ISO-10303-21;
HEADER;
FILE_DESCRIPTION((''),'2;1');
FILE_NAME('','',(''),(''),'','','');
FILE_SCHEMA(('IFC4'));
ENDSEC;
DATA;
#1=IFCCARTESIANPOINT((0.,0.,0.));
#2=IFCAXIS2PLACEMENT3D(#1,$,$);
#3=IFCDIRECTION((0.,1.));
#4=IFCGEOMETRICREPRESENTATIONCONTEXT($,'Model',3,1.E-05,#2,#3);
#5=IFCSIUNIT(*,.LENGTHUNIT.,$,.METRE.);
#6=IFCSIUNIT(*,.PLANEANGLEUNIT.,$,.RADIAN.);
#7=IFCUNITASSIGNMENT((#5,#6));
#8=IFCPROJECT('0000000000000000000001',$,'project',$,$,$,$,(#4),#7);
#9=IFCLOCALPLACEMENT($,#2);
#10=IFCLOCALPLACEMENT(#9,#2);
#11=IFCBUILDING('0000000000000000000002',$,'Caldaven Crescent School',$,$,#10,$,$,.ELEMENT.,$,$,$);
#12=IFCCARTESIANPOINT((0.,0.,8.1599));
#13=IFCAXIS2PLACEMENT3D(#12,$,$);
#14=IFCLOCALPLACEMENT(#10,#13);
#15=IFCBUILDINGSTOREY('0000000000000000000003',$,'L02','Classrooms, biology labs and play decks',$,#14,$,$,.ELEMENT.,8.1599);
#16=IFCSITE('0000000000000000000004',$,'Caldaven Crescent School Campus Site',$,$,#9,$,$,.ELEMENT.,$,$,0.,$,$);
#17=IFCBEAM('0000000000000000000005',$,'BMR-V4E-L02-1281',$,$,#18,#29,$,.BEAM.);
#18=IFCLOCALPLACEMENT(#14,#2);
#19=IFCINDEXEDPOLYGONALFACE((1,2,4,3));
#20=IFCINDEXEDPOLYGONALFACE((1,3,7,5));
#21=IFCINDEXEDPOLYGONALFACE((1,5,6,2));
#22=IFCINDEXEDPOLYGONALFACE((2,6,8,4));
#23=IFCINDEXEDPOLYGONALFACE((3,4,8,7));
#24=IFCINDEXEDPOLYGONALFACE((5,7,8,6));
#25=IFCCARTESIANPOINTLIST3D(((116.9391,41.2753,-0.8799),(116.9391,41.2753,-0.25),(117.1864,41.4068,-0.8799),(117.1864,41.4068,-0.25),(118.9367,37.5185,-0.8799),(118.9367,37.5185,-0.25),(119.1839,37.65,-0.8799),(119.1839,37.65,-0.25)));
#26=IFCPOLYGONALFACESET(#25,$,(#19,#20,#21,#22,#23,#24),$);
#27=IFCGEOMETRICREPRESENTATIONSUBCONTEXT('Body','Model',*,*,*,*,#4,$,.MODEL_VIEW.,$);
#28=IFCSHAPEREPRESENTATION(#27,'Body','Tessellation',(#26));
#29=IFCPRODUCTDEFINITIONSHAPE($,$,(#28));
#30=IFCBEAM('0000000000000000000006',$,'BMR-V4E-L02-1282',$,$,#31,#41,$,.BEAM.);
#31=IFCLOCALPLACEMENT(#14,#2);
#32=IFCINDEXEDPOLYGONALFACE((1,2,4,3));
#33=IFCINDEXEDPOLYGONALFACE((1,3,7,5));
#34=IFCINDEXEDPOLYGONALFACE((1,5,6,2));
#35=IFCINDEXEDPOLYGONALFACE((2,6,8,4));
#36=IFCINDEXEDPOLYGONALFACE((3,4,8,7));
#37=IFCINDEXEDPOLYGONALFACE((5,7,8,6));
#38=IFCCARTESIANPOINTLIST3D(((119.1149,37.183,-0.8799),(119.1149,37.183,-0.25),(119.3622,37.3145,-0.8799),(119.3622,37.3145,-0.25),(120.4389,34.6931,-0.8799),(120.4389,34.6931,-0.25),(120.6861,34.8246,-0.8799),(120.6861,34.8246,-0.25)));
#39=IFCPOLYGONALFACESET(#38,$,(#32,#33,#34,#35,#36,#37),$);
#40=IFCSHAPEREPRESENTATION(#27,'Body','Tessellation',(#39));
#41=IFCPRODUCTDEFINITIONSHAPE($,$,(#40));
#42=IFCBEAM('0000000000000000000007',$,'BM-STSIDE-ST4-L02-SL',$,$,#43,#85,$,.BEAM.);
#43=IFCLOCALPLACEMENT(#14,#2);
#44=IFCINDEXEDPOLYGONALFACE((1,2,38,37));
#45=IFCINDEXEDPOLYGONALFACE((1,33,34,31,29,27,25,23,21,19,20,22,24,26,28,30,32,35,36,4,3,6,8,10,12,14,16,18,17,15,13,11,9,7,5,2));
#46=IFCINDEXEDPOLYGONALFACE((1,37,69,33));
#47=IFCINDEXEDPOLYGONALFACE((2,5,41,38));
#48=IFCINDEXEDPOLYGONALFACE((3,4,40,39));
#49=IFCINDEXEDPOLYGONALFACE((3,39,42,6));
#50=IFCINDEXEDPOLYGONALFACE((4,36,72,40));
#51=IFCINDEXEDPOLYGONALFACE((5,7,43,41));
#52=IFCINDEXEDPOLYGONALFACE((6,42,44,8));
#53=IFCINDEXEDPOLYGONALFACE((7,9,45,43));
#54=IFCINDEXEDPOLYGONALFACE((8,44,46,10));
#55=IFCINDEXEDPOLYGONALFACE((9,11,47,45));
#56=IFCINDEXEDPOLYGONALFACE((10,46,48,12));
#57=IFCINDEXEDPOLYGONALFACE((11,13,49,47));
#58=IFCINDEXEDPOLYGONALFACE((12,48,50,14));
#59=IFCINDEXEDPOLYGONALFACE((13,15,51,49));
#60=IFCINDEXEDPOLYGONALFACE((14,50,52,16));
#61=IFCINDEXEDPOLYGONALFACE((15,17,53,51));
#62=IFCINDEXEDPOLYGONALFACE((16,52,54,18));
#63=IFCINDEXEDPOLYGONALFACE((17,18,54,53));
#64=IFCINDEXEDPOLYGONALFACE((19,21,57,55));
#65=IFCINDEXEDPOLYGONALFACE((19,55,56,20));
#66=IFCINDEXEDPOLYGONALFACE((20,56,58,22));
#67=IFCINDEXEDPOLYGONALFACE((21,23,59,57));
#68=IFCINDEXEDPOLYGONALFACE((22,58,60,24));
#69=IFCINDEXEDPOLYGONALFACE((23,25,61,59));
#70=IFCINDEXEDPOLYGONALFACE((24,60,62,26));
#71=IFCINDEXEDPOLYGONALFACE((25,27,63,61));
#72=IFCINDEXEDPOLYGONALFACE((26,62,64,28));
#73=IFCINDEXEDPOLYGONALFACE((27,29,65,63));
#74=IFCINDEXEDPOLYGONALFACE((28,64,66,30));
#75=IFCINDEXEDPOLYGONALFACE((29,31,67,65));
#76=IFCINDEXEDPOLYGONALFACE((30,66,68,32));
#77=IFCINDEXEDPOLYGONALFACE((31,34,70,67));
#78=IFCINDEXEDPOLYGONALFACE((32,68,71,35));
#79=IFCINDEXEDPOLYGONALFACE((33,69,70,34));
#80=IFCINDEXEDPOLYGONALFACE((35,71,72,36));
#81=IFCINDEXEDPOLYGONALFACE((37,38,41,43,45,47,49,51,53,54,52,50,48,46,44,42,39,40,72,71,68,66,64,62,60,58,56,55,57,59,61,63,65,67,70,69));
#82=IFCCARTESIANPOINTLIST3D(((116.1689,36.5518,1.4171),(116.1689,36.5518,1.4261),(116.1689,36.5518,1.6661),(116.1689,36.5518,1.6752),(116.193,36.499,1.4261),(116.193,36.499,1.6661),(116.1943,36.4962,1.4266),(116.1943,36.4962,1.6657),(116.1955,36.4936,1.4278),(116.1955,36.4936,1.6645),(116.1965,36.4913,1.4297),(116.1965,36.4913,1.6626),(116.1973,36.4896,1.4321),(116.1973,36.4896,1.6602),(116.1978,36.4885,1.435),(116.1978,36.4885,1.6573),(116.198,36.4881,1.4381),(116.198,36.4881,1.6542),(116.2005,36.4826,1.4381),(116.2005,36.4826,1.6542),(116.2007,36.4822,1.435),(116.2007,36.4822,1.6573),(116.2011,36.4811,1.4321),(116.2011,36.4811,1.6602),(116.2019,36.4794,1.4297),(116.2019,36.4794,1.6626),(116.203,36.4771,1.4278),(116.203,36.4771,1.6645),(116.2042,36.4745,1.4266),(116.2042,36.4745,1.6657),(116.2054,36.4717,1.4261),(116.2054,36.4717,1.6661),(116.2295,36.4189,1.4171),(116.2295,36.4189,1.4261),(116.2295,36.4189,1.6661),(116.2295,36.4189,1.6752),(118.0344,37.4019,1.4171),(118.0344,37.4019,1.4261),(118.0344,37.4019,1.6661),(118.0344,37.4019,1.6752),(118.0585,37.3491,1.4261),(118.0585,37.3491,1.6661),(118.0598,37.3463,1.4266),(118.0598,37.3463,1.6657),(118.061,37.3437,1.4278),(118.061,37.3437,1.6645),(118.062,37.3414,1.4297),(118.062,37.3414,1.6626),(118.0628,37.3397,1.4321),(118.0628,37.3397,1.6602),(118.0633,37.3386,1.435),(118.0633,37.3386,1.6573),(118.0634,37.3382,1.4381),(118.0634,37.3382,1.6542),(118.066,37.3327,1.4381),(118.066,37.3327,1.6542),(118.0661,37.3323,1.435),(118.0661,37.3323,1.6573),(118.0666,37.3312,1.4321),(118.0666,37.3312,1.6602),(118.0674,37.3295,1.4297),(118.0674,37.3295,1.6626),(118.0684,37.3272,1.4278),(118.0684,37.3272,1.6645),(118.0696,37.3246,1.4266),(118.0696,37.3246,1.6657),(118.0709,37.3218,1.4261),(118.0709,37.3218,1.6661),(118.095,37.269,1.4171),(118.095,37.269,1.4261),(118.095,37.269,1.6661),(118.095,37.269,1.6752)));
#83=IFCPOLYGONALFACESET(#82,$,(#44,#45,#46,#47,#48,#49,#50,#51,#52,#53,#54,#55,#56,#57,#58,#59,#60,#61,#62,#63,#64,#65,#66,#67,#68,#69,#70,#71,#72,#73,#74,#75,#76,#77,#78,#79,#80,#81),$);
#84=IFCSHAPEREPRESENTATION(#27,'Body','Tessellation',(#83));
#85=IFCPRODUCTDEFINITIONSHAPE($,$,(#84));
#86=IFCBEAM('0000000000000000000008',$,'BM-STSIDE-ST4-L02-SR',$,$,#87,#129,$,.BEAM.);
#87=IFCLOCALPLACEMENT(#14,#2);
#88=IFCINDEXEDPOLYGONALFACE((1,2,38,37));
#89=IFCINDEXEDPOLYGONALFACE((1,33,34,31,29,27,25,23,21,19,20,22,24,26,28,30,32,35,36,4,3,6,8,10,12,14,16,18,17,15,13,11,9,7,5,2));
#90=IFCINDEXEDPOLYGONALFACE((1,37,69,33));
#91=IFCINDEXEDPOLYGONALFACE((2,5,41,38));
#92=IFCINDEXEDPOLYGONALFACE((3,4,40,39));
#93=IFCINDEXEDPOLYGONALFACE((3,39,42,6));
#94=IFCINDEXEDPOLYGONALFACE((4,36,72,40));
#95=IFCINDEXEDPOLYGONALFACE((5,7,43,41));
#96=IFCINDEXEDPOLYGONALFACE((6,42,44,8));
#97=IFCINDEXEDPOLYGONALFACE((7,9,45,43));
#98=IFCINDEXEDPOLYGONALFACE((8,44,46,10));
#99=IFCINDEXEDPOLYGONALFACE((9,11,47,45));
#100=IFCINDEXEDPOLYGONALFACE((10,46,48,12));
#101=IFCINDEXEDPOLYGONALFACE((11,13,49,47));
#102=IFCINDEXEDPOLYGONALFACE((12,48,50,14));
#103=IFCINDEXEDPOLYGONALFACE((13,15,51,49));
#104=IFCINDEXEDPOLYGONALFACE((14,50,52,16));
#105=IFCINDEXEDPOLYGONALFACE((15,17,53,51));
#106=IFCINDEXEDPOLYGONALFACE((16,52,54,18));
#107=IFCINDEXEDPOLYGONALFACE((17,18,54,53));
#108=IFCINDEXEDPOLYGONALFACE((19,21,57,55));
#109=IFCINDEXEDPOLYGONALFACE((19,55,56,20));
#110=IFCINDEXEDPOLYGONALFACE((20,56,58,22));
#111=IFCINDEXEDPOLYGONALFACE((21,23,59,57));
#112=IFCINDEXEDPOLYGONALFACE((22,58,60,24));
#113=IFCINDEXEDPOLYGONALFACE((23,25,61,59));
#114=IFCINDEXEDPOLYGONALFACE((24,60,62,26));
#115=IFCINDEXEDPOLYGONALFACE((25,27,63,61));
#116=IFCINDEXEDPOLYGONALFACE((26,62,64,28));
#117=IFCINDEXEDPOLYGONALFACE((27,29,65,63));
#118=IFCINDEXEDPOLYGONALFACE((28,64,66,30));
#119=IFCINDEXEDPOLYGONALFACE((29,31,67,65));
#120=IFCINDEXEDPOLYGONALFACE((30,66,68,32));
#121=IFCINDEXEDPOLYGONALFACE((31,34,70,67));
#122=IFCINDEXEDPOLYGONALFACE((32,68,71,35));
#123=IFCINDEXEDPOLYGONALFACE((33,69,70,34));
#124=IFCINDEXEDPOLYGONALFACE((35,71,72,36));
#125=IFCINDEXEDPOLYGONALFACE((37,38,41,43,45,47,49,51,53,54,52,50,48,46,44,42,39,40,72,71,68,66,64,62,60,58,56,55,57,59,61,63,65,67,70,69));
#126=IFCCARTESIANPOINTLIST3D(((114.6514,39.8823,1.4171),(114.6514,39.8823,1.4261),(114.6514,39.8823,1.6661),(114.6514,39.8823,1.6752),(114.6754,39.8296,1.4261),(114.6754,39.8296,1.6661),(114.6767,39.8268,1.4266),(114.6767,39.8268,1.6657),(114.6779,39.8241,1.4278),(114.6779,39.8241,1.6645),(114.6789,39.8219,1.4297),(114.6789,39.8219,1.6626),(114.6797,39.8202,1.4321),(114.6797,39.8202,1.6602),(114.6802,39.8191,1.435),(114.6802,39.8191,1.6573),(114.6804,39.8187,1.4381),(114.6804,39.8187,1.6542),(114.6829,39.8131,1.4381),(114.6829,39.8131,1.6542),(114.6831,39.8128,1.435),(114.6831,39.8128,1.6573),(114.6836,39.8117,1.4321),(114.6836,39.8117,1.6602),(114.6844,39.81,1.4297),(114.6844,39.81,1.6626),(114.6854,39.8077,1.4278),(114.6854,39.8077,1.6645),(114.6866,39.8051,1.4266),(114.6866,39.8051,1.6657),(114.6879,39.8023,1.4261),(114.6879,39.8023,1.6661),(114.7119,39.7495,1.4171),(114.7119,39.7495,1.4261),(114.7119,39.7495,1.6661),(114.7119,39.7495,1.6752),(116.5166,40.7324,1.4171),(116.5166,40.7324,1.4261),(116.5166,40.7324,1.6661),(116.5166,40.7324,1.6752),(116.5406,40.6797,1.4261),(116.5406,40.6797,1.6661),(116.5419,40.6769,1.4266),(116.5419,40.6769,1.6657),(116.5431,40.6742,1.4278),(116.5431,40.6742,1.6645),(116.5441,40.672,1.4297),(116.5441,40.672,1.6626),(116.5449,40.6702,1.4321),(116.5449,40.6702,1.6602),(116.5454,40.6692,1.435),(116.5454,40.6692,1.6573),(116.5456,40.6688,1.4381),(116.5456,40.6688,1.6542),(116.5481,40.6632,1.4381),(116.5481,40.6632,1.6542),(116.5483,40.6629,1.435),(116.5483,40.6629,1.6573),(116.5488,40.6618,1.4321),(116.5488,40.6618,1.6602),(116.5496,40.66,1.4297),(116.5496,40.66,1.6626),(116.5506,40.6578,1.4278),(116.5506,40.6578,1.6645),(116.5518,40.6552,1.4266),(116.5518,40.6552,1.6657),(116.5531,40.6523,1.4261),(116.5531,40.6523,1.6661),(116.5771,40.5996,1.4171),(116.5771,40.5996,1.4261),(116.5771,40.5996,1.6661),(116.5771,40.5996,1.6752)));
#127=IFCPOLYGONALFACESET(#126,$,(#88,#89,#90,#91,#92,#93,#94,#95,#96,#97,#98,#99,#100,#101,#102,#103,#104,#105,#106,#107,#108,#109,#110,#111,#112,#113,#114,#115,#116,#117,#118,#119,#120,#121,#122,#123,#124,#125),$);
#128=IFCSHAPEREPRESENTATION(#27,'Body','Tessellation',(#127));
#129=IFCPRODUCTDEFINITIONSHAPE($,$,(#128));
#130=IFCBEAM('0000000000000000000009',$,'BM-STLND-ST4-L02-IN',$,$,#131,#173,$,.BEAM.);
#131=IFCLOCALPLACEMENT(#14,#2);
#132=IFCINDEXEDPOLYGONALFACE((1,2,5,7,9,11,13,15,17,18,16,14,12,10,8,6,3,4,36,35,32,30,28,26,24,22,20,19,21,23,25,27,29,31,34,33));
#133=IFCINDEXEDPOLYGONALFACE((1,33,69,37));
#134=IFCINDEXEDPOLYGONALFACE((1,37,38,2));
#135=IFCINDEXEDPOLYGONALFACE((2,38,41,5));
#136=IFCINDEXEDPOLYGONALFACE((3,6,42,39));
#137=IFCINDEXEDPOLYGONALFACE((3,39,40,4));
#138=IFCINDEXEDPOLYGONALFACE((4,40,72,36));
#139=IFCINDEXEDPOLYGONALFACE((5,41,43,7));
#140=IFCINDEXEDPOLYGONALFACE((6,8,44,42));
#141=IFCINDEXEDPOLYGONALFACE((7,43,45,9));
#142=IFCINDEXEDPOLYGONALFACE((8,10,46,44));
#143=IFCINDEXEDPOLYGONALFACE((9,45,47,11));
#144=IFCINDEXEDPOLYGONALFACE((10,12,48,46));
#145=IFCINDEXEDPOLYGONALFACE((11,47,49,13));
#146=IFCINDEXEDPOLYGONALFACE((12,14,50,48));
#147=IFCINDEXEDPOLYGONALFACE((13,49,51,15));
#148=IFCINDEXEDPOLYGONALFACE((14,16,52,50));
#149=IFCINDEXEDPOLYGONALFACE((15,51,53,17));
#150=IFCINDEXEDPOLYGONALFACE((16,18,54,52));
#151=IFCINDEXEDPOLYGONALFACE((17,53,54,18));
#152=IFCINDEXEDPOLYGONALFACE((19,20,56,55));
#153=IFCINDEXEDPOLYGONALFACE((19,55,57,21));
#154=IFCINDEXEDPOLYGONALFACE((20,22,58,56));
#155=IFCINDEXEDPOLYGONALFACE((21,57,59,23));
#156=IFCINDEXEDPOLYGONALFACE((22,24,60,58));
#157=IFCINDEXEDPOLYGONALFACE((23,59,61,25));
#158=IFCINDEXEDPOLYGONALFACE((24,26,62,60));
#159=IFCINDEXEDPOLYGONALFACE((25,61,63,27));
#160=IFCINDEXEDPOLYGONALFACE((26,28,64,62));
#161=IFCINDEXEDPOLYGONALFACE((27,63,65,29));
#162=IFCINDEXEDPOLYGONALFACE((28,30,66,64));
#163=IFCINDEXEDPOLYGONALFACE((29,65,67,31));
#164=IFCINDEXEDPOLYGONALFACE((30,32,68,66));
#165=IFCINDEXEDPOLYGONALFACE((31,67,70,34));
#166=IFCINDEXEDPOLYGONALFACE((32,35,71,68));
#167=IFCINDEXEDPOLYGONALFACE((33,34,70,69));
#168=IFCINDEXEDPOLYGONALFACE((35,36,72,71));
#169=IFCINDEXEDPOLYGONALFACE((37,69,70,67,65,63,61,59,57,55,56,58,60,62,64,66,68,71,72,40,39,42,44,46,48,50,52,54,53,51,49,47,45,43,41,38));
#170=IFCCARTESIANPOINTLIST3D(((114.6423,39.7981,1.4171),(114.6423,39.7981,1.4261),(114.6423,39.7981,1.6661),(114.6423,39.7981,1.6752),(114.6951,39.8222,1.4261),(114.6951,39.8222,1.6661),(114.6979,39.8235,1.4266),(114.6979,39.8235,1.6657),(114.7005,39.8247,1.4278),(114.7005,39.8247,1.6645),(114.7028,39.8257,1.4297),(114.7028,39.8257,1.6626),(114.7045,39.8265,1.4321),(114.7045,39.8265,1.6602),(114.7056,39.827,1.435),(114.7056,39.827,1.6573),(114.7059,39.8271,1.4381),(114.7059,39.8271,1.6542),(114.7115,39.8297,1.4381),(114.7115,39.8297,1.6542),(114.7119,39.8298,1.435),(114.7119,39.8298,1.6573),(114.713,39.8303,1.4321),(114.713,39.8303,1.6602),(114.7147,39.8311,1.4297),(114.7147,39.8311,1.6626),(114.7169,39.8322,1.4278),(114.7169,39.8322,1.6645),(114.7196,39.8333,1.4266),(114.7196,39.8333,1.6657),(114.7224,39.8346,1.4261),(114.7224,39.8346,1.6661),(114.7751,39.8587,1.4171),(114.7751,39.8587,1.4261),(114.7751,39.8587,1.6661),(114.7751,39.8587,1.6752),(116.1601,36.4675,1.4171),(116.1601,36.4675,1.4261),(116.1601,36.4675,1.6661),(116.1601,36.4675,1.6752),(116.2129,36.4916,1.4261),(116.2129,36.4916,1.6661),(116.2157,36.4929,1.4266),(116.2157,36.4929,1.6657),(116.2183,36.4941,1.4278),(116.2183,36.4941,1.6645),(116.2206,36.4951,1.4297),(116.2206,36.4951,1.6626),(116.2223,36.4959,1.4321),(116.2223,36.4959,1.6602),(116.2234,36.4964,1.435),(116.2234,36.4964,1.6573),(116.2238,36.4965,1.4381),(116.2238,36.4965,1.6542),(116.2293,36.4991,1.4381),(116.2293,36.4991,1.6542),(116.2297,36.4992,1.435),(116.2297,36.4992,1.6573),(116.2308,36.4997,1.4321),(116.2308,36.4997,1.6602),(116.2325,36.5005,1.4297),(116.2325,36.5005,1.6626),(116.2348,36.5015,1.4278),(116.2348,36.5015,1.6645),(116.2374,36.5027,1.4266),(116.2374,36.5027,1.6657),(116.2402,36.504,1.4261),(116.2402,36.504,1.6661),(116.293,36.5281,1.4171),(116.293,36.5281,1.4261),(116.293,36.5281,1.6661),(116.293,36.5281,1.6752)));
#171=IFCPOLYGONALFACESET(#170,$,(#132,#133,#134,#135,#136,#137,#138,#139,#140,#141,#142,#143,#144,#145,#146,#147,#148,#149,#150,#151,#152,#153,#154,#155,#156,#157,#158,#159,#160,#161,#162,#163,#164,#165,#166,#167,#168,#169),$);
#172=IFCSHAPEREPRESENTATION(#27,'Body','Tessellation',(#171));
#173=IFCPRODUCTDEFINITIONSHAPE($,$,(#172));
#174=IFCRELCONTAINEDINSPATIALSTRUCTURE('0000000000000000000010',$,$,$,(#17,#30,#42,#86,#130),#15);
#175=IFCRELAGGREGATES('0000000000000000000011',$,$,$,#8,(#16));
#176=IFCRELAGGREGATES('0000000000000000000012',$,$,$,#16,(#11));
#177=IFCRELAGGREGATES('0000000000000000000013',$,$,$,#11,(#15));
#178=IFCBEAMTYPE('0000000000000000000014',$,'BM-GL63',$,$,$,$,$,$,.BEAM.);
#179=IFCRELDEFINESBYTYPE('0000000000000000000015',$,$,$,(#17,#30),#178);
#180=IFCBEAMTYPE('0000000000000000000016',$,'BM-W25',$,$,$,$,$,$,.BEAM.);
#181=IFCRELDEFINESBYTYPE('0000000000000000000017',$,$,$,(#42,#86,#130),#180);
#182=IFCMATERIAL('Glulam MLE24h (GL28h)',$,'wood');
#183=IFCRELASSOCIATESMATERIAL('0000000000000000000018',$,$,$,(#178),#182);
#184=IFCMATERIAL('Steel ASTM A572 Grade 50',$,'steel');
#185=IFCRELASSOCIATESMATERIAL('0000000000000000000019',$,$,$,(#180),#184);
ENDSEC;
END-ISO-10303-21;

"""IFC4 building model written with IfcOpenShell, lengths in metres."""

from ifc_helpers import new_model, si_unit, direction, frame, origin, origin_2d, place, context, subcontext, project, spatial, rectangle, i_section, extrude, material, material_profile, profile_set, type_object, element, save


model = new_model("IFC4")

# Units and contexts
model_context = context("Model", 3, precision=1e-05, world=origin(), true_north=direction((0.0, 1.0)))
body_context = subcontext(model_context, "Body", "Model", "MODEL_VIEW")
ifc_project = project(units=[si_unit("LENGTHUNIT", "METRE"), si_unit("PLANEANGLEUNIT", "RADIAN")], contexts=[model_context])

# Site, building, storey
site_placement = place(None, origin())
site = spatial("IfcSite", under=ifc_project, at=site_placement, Name="Caldaven Crescent School Campus Site", CompositionType="ELEMENT", RefElevation=0.0)
building_placement = place(site_placement, origin())
building = spatial("IfcBuilding", under=site, at=building_placement, Name="Caldaven Crescent School", CompositionType="ELEMENT")
storey_placement = place(building_placement, frame((0.0, 0.0, 8.1599)))
storey = spatial("IfcBuildingStorey", under=building, at=storey_placement, Name="L02", Description="Classrooms, biology labs and play decks", CompositionType="ELEMENT", Elevation=8.1599)

# Shared definitions
ifc_material_1 = material(Name="Glulam MLE24h (GL28h)", Category="wood")
ifc_material_2 = material(Name="Steel ASTM A572 Grade 50", Category="steel")

# Beams
ifc_material_profile_1 = material_profile(ifc_material_1, rectangle(XDim=0.28, YDim=0.6299, at=origin_2d()), Name="MLE 280x630")
ifc_profile_set_1 = profile_set([ifc_material_profile_1], Name="Glulam MLE24h (GL28h)")
beam_type_1 = type_object("IfcBeamType", Name="BM-GL63", PredefinedType="BEAM", material=ifc_profile_set_1)
beam_1_placement = place(storey_placement, frame((117.0627, 41.3411, -0.5649), z_axis=(0.469474, -0.882946, 0.0), x_axis=(0.882946, 0.469474, 0.0)))
element("IfcBeam", 1, at=beam_1_placement, inside=storey, type_object=beam_type_1, Name="BMR-V4E-L02-1281", PredefinedType="BEAM", context=body_context, shape_type="SweptSolid", body=[
    extrude(rectangle(XDim=0.28, YDim=0.6299, at=origin_2d()), origin(), (0.0, 0.0, 1.0), 4.2549),
])
beam_2_placement = place(storey_placement, frame((119.2385, 37.2488, -0.5649), z_axis=(0.469478, -0.882944, 0.0), x_axis=(0.882944, 0.469478, 0.0)))
element("IfcBeam", 2, at=beam_2_placement, inside=storey, type_object=beam_type_1, Name="BMR-V4E-L02-1282", PredefinedType="BEAM", context=body_context, shape_type="SweptSolid", body=[
    extrude(rectangle(XDim=0.28, YDim=0.6299, at=origin_2d()), origin(), (0.0, 0.0, 1.0), 2.8201),
])
ifc_material_profile_2 = material_profile(ifc_material_2, i_section(OverallWidth=0.146, OverallDepth=0.2581, WebThickness=0.0061, FlangeThickness=0.009, FilletRadius=0.012, at=origin_2d()), Name="W250x33")
ifc_profile_set_2 = profile_set([ifc_material_profile_2], Name="Steel ASTM A572 Grade 50")
beam_type_2 = type_object("IfcBeamType", Name="BM-W25", PredefinedType="BEAM", material=ifc_profile_set_2)
beam_3_placement = place(storey_placement, frame((116.1992, 36.4854, 1.5461), z_axis=(0.90997, 0.414673, 0.0), x_axis=(-0.414673, 0.90997, 0.0)))
element("IfcBeam", 3, at=beam_3_placement, inside=storey, type_object=beam_type_2, Name="BM-STSIDE-ST4-L02-SL", PredefinedType="BEAM", context=body_context, shape_type="SweptSolid", body=[
    extrude(i_section(OverallWidth=0.146, OverallDepth=0.2581, WebThickness=0.0061, FlangeThickness=0.009, FilletRadius=0.012, at=origin_2d()), origin(), (0.0, 0.0, 1.0), 2.05),
])
beam_4_placement = place(storey_placement, frame((114.6816, 39.8159, 1.5461), z_axis=(0.90995, 0.414718, 0.0), x_axis=(-0.414718, 0.90995, 0.0)))
element("IfcBeam", 4, at=beam_4_placement, inside=storey, type_object=beam_type_2, Name="BM-STSIDE-ST4-L02-SR", PredefinedType="BEAM", context=body_context, shape_type="SweptSolid", body=[
    extrude(i_section(OverallWidth=0.146, OverallDepth=0.2581, WebThickness=0.0061, FlangeThickness=0.009, FilletRadius=0.012, at=origin_2d()), origin(), (0.0, 0.0, 1.0), 2.0498),
])
for number, where, z_axis, x_axis, name in (
    (5, (116.2266, 36.4978, 1.5461), (-0.414692, 0.909962, 0.0), (-0.909962, -0.414692, 0.0), "BM-STLND-ST4-L02-IN"),
):
    element("IfcBeam", number, at=place(storey_placement, frame(where, z_axis=z_axis, x_axis=x_axis)), inside=storey, type_object=beam_type_2, Name=name, PredefinedType="BEAM", context=body_context, shape_type="SweptSolid", body=[
        extrude(i_section(OverallWidth=0.146, OverallDepth=0.2581, WebThickness=0.0061, FlangeThickness=0.009, FilletRadius=0.012, at=origin_2d()), origin(), (0.0, 0.0, 1.0), 3.6602),
    ])

save(model, "model.ifc")
